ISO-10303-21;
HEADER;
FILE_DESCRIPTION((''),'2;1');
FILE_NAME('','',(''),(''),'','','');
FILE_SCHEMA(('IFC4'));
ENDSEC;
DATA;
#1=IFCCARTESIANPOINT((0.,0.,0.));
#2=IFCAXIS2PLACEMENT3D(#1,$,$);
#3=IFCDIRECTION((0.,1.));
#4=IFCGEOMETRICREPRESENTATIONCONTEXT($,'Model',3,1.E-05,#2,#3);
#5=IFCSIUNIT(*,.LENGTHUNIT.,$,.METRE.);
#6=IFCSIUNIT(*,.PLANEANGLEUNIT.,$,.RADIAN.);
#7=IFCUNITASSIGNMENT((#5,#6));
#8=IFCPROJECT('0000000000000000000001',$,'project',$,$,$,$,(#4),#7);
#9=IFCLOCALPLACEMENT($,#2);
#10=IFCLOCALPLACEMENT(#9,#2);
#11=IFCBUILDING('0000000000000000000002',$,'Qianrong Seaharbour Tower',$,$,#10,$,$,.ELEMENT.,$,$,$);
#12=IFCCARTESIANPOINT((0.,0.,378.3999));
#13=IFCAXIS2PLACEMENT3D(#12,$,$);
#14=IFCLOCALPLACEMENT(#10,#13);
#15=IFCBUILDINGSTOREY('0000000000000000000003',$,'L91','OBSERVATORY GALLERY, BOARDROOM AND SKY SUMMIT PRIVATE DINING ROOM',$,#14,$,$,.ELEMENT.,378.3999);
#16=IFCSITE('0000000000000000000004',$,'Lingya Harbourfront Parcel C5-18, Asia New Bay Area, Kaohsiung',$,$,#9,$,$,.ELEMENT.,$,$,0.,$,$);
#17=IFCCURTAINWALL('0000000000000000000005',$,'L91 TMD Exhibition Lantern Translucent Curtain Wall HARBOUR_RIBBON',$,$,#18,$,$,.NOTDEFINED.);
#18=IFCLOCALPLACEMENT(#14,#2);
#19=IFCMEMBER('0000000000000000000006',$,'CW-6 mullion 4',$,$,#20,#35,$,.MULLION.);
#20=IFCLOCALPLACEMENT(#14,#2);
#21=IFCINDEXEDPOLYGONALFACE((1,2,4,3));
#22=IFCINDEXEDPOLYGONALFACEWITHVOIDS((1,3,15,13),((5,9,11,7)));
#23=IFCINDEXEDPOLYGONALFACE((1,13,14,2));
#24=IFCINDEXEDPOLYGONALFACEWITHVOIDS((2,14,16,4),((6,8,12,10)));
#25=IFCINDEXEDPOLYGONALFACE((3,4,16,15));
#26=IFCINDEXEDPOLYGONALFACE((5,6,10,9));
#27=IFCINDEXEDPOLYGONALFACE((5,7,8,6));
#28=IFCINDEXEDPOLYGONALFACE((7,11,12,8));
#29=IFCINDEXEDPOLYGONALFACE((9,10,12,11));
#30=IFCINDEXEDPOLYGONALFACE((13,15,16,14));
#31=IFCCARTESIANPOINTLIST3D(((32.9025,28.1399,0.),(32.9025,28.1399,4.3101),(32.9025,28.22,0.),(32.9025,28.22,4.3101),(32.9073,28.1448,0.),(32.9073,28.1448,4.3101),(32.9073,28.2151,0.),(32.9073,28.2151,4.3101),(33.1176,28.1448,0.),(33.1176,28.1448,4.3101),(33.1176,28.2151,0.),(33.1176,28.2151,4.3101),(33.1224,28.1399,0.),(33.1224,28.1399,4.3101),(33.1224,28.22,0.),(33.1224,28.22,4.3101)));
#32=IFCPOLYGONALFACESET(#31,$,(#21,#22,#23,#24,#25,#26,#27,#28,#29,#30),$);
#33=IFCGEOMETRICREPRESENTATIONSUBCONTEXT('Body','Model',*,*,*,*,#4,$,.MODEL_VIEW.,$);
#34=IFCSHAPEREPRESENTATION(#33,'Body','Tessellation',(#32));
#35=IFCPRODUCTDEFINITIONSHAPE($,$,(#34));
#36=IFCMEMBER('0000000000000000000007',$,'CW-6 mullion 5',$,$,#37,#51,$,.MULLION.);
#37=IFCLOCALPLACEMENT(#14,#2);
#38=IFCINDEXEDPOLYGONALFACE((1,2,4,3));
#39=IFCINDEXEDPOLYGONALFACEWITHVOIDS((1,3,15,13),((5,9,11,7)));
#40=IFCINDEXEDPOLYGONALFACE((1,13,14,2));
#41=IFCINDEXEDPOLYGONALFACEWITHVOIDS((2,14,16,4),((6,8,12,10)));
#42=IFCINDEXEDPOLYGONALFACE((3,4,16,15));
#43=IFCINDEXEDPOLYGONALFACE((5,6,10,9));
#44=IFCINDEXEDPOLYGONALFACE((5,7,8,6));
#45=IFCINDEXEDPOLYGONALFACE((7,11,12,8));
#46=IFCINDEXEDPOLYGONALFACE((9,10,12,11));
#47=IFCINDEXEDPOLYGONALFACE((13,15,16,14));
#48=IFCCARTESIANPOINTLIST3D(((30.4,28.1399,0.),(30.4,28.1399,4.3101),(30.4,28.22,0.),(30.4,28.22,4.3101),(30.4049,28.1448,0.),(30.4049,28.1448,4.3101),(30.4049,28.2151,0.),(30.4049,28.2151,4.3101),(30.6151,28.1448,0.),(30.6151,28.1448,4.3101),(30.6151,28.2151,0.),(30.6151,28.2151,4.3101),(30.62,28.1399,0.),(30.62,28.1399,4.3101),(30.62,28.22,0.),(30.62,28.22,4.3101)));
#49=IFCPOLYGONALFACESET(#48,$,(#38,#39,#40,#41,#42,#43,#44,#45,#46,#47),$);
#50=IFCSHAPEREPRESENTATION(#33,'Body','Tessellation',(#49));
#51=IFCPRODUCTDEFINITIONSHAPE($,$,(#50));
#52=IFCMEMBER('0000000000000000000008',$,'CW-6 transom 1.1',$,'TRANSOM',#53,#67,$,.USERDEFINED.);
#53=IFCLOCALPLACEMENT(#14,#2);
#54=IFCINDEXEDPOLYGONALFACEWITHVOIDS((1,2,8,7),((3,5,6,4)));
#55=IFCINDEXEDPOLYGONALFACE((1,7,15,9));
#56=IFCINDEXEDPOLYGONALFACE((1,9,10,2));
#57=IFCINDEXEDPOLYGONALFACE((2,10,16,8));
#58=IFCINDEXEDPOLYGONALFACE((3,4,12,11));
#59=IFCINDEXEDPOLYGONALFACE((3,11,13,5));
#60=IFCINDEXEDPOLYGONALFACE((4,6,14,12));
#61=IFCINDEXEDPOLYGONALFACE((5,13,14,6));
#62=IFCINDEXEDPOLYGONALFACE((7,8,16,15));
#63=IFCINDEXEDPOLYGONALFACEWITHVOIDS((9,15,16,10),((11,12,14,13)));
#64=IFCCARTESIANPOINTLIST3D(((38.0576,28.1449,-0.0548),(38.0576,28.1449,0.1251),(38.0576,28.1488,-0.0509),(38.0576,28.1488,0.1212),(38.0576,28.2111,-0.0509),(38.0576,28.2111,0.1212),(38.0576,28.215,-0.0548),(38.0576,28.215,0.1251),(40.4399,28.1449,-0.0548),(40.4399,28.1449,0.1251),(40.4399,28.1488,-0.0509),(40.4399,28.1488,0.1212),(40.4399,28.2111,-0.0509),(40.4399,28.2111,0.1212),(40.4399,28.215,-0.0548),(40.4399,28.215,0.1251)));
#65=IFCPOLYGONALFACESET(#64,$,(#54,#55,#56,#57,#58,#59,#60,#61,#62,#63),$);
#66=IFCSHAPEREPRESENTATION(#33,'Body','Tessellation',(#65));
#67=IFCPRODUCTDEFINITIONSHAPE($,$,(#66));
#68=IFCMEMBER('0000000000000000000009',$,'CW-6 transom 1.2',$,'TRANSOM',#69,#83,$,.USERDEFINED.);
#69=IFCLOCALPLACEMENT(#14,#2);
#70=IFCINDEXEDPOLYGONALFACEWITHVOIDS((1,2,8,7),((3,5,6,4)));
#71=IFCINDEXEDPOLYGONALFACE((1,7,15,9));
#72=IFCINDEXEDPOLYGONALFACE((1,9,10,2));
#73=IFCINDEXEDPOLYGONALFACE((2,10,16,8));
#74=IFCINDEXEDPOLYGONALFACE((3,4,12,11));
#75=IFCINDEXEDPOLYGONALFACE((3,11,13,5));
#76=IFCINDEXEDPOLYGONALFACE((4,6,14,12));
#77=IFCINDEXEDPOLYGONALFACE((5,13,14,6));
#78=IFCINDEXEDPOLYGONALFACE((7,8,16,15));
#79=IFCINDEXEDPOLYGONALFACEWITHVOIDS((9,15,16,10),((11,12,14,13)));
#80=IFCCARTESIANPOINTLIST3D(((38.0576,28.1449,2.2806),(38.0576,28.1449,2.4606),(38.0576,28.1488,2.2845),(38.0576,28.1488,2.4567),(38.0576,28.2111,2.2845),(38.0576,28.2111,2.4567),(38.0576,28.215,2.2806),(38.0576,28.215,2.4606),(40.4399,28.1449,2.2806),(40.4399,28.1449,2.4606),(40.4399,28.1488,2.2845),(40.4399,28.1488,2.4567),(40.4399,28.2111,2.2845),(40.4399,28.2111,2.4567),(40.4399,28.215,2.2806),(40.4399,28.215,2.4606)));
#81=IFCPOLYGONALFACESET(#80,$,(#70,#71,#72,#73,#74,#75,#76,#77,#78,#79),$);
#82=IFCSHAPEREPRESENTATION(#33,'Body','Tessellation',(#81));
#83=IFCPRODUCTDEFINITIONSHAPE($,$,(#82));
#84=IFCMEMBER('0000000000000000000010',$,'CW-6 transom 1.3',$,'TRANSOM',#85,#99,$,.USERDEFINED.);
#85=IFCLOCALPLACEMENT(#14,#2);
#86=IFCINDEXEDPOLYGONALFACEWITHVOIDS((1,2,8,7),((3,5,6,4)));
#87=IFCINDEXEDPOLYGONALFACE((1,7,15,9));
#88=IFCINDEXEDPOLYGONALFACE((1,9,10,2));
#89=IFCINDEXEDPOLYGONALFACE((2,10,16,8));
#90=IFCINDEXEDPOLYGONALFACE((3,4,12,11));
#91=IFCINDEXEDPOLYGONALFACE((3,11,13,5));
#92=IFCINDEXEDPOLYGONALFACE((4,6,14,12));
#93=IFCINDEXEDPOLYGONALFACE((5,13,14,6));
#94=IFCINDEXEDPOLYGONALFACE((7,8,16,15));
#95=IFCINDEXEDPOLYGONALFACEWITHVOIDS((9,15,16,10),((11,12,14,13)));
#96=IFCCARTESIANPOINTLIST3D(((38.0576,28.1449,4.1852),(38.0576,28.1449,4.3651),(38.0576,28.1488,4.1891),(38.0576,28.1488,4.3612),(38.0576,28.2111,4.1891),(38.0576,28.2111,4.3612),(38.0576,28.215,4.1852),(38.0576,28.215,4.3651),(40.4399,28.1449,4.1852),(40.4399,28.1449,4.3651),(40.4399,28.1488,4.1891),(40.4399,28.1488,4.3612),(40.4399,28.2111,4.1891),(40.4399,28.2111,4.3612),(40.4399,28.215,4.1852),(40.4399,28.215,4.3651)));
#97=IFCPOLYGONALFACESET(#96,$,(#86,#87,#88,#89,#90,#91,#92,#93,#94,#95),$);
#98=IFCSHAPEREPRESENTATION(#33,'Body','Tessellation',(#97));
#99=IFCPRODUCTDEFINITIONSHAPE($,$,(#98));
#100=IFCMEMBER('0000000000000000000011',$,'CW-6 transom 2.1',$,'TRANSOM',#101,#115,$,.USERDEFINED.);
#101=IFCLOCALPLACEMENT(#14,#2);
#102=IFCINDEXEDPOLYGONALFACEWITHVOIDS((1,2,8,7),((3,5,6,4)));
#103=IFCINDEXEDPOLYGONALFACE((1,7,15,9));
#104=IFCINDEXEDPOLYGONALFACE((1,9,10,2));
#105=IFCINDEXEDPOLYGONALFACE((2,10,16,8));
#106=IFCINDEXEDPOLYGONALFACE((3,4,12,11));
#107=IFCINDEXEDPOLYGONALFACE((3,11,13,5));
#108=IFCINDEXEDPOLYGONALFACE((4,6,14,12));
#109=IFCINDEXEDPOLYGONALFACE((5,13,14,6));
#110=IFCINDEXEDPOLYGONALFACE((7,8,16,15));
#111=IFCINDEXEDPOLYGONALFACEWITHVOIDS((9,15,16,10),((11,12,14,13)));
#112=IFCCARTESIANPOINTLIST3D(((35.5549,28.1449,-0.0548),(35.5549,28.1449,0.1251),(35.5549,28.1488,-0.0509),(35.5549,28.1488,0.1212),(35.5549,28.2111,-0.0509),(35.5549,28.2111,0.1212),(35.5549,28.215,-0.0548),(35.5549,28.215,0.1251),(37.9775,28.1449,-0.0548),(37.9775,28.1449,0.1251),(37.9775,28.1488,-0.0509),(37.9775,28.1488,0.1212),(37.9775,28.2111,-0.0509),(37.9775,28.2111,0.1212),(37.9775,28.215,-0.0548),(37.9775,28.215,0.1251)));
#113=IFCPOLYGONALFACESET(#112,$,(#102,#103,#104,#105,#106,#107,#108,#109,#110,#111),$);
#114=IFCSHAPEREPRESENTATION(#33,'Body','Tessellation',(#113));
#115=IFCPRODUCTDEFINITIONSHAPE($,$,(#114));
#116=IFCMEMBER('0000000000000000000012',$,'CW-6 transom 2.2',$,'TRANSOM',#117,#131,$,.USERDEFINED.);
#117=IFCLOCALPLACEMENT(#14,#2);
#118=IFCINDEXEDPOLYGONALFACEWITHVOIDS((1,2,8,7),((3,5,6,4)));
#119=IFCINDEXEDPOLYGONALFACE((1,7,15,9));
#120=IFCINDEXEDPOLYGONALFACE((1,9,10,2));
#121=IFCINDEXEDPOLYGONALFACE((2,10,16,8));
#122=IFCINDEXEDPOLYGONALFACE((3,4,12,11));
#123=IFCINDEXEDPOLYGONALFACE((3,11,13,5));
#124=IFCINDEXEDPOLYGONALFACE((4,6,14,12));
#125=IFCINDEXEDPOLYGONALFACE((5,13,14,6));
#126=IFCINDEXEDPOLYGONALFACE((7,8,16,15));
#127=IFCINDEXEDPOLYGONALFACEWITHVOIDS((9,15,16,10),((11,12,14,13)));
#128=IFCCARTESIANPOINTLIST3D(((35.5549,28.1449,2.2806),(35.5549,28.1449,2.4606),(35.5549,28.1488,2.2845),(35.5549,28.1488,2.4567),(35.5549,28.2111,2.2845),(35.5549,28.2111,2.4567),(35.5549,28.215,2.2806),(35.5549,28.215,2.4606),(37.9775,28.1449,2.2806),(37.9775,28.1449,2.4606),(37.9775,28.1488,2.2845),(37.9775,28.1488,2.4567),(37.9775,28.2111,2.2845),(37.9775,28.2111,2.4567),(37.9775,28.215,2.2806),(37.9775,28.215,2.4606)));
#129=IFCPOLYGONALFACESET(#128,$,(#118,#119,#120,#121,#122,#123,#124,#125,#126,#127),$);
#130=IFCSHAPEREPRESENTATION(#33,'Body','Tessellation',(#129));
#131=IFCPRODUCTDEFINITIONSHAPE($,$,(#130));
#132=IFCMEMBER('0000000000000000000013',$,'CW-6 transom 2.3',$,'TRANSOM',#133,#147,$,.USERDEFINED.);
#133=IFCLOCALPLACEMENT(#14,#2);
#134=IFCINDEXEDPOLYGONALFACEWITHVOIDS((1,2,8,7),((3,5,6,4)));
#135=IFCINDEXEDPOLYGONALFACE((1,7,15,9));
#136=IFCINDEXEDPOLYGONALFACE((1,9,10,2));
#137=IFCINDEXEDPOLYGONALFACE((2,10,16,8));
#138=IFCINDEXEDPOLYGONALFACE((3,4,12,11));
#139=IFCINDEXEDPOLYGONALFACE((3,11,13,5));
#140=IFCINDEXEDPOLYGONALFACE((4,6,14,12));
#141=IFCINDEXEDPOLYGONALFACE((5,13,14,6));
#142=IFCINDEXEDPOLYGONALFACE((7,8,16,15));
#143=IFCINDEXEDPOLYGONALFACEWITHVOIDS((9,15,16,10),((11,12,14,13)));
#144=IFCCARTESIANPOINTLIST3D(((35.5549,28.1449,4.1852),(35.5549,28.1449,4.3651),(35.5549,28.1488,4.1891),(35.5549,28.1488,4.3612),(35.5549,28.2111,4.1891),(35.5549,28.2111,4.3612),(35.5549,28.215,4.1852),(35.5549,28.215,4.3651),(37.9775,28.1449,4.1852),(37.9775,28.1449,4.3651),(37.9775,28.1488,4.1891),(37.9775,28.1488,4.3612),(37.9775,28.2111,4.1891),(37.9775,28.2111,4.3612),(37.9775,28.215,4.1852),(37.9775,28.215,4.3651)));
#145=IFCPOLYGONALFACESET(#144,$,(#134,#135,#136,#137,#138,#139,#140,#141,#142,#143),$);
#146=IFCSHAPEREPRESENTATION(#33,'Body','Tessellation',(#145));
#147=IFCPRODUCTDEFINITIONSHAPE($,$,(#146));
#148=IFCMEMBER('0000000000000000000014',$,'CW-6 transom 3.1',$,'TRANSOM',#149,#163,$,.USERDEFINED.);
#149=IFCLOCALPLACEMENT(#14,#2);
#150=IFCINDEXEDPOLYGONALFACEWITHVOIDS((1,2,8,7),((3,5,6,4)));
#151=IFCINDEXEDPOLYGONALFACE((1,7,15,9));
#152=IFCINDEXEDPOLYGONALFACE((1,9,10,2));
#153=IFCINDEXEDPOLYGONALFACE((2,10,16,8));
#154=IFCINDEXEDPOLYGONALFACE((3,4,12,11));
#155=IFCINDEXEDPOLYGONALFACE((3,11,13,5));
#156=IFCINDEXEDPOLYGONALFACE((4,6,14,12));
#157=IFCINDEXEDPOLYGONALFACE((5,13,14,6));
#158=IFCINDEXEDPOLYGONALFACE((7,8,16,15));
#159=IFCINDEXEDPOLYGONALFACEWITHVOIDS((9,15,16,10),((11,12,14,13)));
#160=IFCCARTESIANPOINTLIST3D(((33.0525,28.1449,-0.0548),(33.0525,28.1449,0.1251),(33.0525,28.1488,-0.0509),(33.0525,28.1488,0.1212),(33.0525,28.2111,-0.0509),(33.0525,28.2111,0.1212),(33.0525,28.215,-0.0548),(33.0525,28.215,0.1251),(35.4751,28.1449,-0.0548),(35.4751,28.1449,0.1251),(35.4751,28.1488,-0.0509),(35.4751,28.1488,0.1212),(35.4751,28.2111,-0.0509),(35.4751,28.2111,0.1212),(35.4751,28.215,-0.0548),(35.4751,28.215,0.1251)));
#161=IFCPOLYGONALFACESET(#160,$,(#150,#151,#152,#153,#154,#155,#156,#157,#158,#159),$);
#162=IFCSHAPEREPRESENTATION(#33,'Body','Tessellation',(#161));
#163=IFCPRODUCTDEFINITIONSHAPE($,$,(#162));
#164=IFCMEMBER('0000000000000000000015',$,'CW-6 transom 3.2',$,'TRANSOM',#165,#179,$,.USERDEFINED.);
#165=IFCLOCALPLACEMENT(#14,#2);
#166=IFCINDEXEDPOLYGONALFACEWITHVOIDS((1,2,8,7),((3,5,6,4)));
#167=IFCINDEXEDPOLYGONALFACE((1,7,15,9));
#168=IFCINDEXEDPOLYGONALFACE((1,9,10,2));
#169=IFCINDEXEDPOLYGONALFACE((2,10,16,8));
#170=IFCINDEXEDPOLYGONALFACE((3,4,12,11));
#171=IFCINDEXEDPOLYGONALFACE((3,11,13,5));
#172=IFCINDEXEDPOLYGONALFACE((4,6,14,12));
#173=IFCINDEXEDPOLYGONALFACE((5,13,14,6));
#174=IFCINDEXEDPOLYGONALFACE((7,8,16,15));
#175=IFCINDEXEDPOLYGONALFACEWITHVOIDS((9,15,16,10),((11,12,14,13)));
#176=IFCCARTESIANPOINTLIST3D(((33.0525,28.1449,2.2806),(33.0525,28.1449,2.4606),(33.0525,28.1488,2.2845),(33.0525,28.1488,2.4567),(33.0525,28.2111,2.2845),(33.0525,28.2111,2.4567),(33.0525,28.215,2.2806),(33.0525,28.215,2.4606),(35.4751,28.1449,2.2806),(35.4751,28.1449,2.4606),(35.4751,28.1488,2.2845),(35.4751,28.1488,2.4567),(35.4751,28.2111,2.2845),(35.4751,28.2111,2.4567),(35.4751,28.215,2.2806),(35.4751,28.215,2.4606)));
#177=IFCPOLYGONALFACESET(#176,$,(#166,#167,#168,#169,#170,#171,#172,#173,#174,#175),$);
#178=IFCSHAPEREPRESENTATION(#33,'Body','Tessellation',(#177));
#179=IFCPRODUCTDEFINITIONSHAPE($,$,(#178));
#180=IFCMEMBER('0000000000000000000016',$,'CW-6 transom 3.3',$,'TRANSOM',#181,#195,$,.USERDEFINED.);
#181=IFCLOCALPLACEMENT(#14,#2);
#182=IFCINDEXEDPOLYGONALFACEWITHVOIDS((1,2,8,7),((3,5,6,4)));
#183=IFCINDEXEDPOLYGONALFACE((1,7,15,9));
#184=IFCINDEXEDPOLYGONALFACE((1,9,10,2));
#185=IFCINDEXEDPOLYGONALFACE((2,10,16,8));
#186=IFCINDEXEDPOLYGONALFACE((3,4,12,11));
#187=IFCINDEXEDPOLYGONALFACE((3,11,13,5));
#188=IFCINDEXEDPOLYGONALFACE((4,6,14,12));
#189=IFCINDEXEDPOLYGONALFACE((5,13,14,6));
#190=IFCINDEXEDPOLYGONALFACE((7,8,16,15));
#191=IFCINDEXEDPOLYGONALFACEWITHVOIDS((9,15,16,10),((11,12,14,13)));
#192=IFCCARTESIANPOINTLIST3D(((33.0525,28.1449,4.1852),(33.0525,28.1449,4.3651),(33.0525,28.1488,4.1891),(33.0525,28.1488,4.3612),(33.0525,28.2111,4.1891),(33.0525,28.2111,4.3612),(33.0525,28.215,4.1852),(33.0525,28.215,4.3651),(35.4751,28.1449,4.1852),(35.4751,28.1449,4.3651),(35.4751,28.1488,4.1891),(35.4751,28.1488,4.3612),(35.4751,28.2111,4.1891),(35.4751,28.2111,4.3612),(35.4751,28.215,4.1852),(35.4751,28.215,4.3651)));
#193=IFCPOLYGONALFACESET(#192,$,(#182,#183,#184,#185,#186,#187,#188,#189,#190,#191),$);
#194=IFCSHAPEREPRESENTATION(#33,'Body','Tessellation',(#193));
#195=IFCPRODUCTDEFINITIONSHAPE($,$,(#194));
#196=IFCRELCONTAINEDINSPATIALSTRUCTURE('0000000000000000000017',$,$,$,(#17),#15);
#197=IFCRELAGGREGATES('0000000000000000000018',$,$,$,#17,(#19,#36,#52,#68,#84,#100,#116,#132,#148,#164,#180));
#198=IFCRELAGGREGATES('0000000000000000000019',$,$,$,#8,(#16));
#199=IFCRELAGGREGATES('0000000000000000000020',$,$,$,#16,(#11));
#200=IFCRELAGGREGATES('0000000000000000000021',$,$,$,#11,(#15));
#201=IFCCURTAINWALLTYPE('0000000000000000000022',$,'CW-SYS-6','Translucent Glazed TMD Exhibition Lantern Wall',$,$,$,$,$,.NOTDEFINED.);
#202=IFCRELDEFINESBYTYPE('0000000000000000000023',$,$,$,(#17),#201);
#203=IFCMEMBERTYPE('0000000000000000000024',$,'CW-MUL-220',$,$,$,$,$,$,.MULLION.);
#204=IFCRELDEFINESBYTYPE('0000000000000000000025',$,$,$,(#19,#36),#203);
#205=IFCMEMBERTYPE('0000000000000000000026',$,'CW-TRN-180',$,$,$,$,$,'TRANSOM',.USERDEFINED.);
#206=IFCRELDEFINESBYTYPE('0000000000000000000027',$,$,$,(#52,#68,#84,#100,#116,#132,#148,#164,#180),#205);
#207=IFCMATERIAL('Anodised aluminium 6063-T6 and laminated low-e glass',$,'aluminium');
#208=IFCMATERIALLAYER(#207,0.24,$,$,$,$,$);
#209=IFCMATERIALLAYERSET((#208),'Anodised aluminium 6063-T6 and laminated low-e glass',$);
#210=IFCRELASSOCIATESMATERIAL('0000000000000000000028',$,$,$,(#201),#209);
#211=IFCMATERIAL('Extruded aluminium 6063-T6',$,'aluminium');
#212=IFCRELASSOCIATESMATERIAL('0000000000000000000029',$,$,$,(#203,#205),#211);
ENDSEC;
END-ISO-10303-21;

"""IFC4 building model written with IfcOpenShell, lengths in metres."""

from ifc_helpers import new_model, si_unit, direction, frame, origin, origin_2d, place, context, subcontext, project, spatial, hollow_rectangle, extrude, material, layer, layer_set, material_profile, profile_set, type_object, element, aggregate, save


model = new_model("IFC4")

# Units and contexts
model_context = context("Model", 3, precision=1e-05, world=origin(), true_north=direction((0.0, 1.0)))
body_context = subcontext(model_context, "Body", "Model", "MODEL_VIEW")
ifc_project = project(units=[si_unit("LENGTHUNIT", "METRE"), si_unit("PLANEANGLEUNIT", "RADIAN")], contexts=[model_context])

# Site, building, storey
site_placement = place(None, origin())
site = spatial("IfcSite", under=ifc_project, at=site_placement, Name="Lingya Harbourfront Parcel C5-18, Asia New Bay Area, Kaohsiung", CompositionType="ELEMENT", RefElevation=0.0)
building_placement = place(site_placement, origin())
building = spatial("IfcBuilding", under=site, at=building_placement, Name="Qianrong Seaharbour Tower", CompositionType="ELEMENT")
storey_placement = place(building_placement, frame((0.0, 0.0, 378.3999)))
storey = spatial("IfcBuildingStorey", under=building, at=storey_placement, Name="L91", Description="OBSERVATORY GALLERY, BOARDROOM AND SKY SUMMIT PRIVATE DINING ROOM", CompositionType="ELEMENT", Elevation=378.3999)

# Curtain wall, members
ifc_material_1 = material(Name="Anodised aluminium 6063-T6 and laminated low-e glass", Category="aluminium")
ifc_layer_1 = layer(ifc_material_1, 0.24)
ifc_layer_set_1 = layer_set([ifc_layer_1], Name="Anodised aluminium 6063-T6 and laminated low-e glass")
curtain_wall_type = type_object("IfcCurtainWallType", Name="CW-SYS-6", Description="Translucent Glazed TMD Exhibition Lantern Wall", PredefinedType="NOTDEFINED", material=ifc_layer_set_1)
curtain_wall_placement = place(storey_placement, origin())
curtain_wall = element("IfcCurtainWall", 1, at=curtain_wall_placement, inside=storey, type_object=curtain_wall_type, Name="L91 TMD Exhibition Lantern Translucent Curtain Wall HARBOUR_RIBBON", PredefinedType="NOTDEFINED")
ifc_material_2 = material(Name="Extruded aluminium 6063-T6", Category="aluminium")
ifc_material_profile_1 = material_profile(ifc_material_2, hollow_rectangle(XDim=0.0801, YDim=0.22, WallThickness=0.0049, at=origin_2d()), Name="ALU-MUL-220x80x5")
ifc_profile_set_1 = profile_set([ifc_material_profile_1], Name="Extruded aluminium 6063-T6")
member_type_1 = type_object("IfcMemberType", Name="CW-MUL-220", PredefinedType="MULLION", material=ifc_profile_set_1)
member_1_placement = place(storey_placement, frame((33.0125, 28.1799, 0.0), z_axis=(0.0, 0.0, 1.0), x_axis=(0.0, -1.0, 0.0)))
member_1 = element("IfcMember", 2, at=member_1_placement, type_object=member_type_1, Name="CW-6 mullion 4", PredefinedType="MULLION", context=body_context, shape_type="SweptSolid", body=[
    extrude(hollow_rectangle(XDim=0.0801, YDim=0.22, WallThickness=0.0049, at=origin_2d()), origin(), (0.0, 0.0, 1.0), 4.3101),
])
member_2_placement = place(storey_placement, frame((30.51, 28.1799, 0.0), z_axis=(0.0, 0.0, 1.0), x_axis=(0.0, -1.0, 0.0)))
member_2 = element("IfcMember", 3, at=member_2_placement, type_object=member_type_1, Name="CW-6 mullion 5", PredefinedType="MULLION", context=body_context, shape_type="SweptSolid", body=[
    extrude(hollow_rectangle(XDim=0.0801, YDim=0.22, WallThickness=0.0049, at=origin_2d()), origin(), (0.0, 0.0, 1.0), 4.3101),
])
ifc_material_profile_2 = material_profile(ifc_material_2, hollow_rectangle(XDim=0.0701, YDim=0.1799, WallThickness=0.0039, at=origin_2d()), Name="ALU-TRN-180x70x4")
ifc_profile_set_2 = profile_set([ifc_material_profile_2], Name="Extruded aluminium 6063-T6")
member_type_2 = type_object("IfcMemberType", Name="CW-TRN-180", ElementType="TRANSOM", PredefinedType="USERDEFINED", material=ifc_profile_set_2)
member_3_placement = place(storey_placement, frame((40.4399, 28.1799, 0.0352), z_axis=(-1.0, 0.0, 0.0), x_axis=(0.0, -1.0, 0.0)))
member_3 = element("IfcMember", 4, at=member_3_placement, type_object=member_type_2, Name="CW-6 transom 1.1", ObjectType="TRANSOM", PredefinedType="USERDEFINED", context=body_context, shape_type="SweptSolid", body=[
    extrude(hollow_rectangle(XDim=0.0701, YDim=0.1799, WallThickness=0.0039, at=origin_2d()), origin(), (0.0, 0.0, 1.0), 2.3823),
])
member_4_placement = place(storey_placement, frame((40.4399, 28.1799, 2.3706), z_axis=(-1.0, 0.0, 0.0), x_axis=(0.0, -1.0, 0.0)))
member_4 = element("IfcMember", 5, at=member_4_placement, type_object=member_type_2, Name="CW-6 transom 1.2", ObjectType="TRANSOM", PredefinedType="USERDEFINED", context=body_context, shape_type="SweptSolid", body=[
    extrude(hollow_rectangle(XDim=0.0701, YDim=0.1799, WallThickness=0.0039, at=origin_2d()), origin(), (0.0, 0.0, 1.0), 2.3823),
])
member_5_placement = place(storey_placement, frame((40.4399, 28.1799, 4.2751), z_axis=(-1.0, 0.0, 0.0), x_axis=(0.0, -1.0, 0.0)))
member_5 = element("IfcMember", 6, at=member_5_placement, type_object=member_type_2, Name="CW-6 transom 1.3", ObjectType="TRANSOM", PredefinedType="USERDEFINED", context=body_context, shape_type="SweptSolid", body=[
    extrude(hollow_rectangle(XDim=0.0701, YDim=0.1799, WallThickness=0.0039, at=origin_2d()), origin(), (0.0, 0.0, 1.0), 2.3823),
])
member_6_placement = place(storey_placement, frame((37.9775, 28.1799, 0.0352), z_axis=(-1.0, 0.0, 0.0), x_axis=(0.0, -1.0, 0.0)))
member_6 = element("IfcMember", 7, at=member_6_placement, type_object=member_type_2, Name="CW-6 transom 2.1", ObjectType="TRANSOM", PredefinedType="USERDEFINED", context=body_context, shape_type="SweptSolid", body=[
    extrude(hollow_rectangle(XDim=0.0701, YDim=0.1799, WallThickness=0.0039, at=origin_2d()), origin(), (0.0, 0.0, 1.0), 2.4226),
])
member_7_placement = place(storey_placement, frame((37.9775, 28.1799, 2.3706), z_axis=(-1.0, 0.0, 0.0), x_axis=(0.0, -1.0, 0.0)))
member_7 = element("IfcMember", 8, at=member_7_placement, type_object=member_type_2, Name="CW-6 transom 2.2", ObjectType="TRANSOM", PredefinedType="USERDEFINED", context=body_context, shape_type="SweptSolid", body=[
    extrude(hollow_rectangle(XDim=0.0701, YDim=0.1799, WallThickness=0.0039, at=origin_2d()), origin(), (0.0, 0.0, 1.0), 2.4226),
])
member_8_placement = place(storey_placement, frame((37.9775, 28.1799, 4.2751), z_axis=(-1.0, 0.0, 0.0), x_axis=(0.0, -1.0, 0.0)))
member_8 = element("IfcMember", 9, at=member_8_placement, type_object=member_type_2, Name="CW-6 transom 2.3", ObjectType="TRANSOM", PredefinedType="USERDEFINED", context=body_context, shape_type="SweptSolid", body=[
    extrude(hollow_rectangle(XDim=0.0701, YDim=0.1799, WallThickness=0.0039, at=origin_2d()), origin(), (0.0, 0.0, 1.0), 2.4226),
])
member_9_placement = place(storey_placement, frame((35.4751, 28.1799, 0.0352), z_axis=(-1.0, 0.0, 0.0), x_axis=(0.0, -1.0, 0.0)))
member_9 = element("IfcMember", 10, at=member_9_placement, type_object=member_type_2, Name="CW-6 transom 3.1", ObjectType="TRANSOM", PredefinedType="USERDEFINED", context=body_context, shape_type="SweptSolid", body=[
    extrude(hollow_rectangle(XDim=0.0701, YDim=0.1799, WallThickness=0.0039, at=origin_2d()), origin(), (0.0, 0.0, 1.0), 2.4226),
])
member_10_placement = place(storey_placement, frame((35.4751, 28.1799, 2.3706), z_axis=(-1.0, 0.0, 0.0), x_axis=(0.0, -1.0, 0.0)))
member_10 = element("IfcMember", 11, at=member_10_placement, type_object=member_type_2, Name="CW-6 transom 3.2", ObjectType="TRANSOM", PredefinedType="USERDEFINED", context=body_context, shape_type="SweptSolid", body=[
    extrude(hollow_rectangle(XDim=0.0701, YDim=0.1799, WallThickness=0.0039, at=origin_2d()), origin(), (0.0, 0.0, 1.0), 2.4226),
])
member_11_placement = place(storey_placement, frame((35.4751, 28.1799, 4.2751), z_axis=(-1.0, 0.0, 0.0), x_axis=(0.0, -1.0, 0.0)))
member_11 = element("IfcMember", 12, at=member_11_placement, type_object=member_type_2, Name="CW-6 transom 3.3", ObjectType="TRANSOM", PredefinedType="USERDEFINED", context=body_context, shape_type="SweptSolid", body=[
    extrude(hollow_rectangle(XDim=0.0701, YDim=0.1799, WallThickness=0.0039, at=origin_2d()), origin(), (0.0, 0.0, 1.0), 2.4226),
])
aggregate(curtain_wall, [member_1, member_2, member_3, member_4, member_5, member_6, member_7, member_8, member_9, member_10, member_11])

save(model, "model.ifc")
